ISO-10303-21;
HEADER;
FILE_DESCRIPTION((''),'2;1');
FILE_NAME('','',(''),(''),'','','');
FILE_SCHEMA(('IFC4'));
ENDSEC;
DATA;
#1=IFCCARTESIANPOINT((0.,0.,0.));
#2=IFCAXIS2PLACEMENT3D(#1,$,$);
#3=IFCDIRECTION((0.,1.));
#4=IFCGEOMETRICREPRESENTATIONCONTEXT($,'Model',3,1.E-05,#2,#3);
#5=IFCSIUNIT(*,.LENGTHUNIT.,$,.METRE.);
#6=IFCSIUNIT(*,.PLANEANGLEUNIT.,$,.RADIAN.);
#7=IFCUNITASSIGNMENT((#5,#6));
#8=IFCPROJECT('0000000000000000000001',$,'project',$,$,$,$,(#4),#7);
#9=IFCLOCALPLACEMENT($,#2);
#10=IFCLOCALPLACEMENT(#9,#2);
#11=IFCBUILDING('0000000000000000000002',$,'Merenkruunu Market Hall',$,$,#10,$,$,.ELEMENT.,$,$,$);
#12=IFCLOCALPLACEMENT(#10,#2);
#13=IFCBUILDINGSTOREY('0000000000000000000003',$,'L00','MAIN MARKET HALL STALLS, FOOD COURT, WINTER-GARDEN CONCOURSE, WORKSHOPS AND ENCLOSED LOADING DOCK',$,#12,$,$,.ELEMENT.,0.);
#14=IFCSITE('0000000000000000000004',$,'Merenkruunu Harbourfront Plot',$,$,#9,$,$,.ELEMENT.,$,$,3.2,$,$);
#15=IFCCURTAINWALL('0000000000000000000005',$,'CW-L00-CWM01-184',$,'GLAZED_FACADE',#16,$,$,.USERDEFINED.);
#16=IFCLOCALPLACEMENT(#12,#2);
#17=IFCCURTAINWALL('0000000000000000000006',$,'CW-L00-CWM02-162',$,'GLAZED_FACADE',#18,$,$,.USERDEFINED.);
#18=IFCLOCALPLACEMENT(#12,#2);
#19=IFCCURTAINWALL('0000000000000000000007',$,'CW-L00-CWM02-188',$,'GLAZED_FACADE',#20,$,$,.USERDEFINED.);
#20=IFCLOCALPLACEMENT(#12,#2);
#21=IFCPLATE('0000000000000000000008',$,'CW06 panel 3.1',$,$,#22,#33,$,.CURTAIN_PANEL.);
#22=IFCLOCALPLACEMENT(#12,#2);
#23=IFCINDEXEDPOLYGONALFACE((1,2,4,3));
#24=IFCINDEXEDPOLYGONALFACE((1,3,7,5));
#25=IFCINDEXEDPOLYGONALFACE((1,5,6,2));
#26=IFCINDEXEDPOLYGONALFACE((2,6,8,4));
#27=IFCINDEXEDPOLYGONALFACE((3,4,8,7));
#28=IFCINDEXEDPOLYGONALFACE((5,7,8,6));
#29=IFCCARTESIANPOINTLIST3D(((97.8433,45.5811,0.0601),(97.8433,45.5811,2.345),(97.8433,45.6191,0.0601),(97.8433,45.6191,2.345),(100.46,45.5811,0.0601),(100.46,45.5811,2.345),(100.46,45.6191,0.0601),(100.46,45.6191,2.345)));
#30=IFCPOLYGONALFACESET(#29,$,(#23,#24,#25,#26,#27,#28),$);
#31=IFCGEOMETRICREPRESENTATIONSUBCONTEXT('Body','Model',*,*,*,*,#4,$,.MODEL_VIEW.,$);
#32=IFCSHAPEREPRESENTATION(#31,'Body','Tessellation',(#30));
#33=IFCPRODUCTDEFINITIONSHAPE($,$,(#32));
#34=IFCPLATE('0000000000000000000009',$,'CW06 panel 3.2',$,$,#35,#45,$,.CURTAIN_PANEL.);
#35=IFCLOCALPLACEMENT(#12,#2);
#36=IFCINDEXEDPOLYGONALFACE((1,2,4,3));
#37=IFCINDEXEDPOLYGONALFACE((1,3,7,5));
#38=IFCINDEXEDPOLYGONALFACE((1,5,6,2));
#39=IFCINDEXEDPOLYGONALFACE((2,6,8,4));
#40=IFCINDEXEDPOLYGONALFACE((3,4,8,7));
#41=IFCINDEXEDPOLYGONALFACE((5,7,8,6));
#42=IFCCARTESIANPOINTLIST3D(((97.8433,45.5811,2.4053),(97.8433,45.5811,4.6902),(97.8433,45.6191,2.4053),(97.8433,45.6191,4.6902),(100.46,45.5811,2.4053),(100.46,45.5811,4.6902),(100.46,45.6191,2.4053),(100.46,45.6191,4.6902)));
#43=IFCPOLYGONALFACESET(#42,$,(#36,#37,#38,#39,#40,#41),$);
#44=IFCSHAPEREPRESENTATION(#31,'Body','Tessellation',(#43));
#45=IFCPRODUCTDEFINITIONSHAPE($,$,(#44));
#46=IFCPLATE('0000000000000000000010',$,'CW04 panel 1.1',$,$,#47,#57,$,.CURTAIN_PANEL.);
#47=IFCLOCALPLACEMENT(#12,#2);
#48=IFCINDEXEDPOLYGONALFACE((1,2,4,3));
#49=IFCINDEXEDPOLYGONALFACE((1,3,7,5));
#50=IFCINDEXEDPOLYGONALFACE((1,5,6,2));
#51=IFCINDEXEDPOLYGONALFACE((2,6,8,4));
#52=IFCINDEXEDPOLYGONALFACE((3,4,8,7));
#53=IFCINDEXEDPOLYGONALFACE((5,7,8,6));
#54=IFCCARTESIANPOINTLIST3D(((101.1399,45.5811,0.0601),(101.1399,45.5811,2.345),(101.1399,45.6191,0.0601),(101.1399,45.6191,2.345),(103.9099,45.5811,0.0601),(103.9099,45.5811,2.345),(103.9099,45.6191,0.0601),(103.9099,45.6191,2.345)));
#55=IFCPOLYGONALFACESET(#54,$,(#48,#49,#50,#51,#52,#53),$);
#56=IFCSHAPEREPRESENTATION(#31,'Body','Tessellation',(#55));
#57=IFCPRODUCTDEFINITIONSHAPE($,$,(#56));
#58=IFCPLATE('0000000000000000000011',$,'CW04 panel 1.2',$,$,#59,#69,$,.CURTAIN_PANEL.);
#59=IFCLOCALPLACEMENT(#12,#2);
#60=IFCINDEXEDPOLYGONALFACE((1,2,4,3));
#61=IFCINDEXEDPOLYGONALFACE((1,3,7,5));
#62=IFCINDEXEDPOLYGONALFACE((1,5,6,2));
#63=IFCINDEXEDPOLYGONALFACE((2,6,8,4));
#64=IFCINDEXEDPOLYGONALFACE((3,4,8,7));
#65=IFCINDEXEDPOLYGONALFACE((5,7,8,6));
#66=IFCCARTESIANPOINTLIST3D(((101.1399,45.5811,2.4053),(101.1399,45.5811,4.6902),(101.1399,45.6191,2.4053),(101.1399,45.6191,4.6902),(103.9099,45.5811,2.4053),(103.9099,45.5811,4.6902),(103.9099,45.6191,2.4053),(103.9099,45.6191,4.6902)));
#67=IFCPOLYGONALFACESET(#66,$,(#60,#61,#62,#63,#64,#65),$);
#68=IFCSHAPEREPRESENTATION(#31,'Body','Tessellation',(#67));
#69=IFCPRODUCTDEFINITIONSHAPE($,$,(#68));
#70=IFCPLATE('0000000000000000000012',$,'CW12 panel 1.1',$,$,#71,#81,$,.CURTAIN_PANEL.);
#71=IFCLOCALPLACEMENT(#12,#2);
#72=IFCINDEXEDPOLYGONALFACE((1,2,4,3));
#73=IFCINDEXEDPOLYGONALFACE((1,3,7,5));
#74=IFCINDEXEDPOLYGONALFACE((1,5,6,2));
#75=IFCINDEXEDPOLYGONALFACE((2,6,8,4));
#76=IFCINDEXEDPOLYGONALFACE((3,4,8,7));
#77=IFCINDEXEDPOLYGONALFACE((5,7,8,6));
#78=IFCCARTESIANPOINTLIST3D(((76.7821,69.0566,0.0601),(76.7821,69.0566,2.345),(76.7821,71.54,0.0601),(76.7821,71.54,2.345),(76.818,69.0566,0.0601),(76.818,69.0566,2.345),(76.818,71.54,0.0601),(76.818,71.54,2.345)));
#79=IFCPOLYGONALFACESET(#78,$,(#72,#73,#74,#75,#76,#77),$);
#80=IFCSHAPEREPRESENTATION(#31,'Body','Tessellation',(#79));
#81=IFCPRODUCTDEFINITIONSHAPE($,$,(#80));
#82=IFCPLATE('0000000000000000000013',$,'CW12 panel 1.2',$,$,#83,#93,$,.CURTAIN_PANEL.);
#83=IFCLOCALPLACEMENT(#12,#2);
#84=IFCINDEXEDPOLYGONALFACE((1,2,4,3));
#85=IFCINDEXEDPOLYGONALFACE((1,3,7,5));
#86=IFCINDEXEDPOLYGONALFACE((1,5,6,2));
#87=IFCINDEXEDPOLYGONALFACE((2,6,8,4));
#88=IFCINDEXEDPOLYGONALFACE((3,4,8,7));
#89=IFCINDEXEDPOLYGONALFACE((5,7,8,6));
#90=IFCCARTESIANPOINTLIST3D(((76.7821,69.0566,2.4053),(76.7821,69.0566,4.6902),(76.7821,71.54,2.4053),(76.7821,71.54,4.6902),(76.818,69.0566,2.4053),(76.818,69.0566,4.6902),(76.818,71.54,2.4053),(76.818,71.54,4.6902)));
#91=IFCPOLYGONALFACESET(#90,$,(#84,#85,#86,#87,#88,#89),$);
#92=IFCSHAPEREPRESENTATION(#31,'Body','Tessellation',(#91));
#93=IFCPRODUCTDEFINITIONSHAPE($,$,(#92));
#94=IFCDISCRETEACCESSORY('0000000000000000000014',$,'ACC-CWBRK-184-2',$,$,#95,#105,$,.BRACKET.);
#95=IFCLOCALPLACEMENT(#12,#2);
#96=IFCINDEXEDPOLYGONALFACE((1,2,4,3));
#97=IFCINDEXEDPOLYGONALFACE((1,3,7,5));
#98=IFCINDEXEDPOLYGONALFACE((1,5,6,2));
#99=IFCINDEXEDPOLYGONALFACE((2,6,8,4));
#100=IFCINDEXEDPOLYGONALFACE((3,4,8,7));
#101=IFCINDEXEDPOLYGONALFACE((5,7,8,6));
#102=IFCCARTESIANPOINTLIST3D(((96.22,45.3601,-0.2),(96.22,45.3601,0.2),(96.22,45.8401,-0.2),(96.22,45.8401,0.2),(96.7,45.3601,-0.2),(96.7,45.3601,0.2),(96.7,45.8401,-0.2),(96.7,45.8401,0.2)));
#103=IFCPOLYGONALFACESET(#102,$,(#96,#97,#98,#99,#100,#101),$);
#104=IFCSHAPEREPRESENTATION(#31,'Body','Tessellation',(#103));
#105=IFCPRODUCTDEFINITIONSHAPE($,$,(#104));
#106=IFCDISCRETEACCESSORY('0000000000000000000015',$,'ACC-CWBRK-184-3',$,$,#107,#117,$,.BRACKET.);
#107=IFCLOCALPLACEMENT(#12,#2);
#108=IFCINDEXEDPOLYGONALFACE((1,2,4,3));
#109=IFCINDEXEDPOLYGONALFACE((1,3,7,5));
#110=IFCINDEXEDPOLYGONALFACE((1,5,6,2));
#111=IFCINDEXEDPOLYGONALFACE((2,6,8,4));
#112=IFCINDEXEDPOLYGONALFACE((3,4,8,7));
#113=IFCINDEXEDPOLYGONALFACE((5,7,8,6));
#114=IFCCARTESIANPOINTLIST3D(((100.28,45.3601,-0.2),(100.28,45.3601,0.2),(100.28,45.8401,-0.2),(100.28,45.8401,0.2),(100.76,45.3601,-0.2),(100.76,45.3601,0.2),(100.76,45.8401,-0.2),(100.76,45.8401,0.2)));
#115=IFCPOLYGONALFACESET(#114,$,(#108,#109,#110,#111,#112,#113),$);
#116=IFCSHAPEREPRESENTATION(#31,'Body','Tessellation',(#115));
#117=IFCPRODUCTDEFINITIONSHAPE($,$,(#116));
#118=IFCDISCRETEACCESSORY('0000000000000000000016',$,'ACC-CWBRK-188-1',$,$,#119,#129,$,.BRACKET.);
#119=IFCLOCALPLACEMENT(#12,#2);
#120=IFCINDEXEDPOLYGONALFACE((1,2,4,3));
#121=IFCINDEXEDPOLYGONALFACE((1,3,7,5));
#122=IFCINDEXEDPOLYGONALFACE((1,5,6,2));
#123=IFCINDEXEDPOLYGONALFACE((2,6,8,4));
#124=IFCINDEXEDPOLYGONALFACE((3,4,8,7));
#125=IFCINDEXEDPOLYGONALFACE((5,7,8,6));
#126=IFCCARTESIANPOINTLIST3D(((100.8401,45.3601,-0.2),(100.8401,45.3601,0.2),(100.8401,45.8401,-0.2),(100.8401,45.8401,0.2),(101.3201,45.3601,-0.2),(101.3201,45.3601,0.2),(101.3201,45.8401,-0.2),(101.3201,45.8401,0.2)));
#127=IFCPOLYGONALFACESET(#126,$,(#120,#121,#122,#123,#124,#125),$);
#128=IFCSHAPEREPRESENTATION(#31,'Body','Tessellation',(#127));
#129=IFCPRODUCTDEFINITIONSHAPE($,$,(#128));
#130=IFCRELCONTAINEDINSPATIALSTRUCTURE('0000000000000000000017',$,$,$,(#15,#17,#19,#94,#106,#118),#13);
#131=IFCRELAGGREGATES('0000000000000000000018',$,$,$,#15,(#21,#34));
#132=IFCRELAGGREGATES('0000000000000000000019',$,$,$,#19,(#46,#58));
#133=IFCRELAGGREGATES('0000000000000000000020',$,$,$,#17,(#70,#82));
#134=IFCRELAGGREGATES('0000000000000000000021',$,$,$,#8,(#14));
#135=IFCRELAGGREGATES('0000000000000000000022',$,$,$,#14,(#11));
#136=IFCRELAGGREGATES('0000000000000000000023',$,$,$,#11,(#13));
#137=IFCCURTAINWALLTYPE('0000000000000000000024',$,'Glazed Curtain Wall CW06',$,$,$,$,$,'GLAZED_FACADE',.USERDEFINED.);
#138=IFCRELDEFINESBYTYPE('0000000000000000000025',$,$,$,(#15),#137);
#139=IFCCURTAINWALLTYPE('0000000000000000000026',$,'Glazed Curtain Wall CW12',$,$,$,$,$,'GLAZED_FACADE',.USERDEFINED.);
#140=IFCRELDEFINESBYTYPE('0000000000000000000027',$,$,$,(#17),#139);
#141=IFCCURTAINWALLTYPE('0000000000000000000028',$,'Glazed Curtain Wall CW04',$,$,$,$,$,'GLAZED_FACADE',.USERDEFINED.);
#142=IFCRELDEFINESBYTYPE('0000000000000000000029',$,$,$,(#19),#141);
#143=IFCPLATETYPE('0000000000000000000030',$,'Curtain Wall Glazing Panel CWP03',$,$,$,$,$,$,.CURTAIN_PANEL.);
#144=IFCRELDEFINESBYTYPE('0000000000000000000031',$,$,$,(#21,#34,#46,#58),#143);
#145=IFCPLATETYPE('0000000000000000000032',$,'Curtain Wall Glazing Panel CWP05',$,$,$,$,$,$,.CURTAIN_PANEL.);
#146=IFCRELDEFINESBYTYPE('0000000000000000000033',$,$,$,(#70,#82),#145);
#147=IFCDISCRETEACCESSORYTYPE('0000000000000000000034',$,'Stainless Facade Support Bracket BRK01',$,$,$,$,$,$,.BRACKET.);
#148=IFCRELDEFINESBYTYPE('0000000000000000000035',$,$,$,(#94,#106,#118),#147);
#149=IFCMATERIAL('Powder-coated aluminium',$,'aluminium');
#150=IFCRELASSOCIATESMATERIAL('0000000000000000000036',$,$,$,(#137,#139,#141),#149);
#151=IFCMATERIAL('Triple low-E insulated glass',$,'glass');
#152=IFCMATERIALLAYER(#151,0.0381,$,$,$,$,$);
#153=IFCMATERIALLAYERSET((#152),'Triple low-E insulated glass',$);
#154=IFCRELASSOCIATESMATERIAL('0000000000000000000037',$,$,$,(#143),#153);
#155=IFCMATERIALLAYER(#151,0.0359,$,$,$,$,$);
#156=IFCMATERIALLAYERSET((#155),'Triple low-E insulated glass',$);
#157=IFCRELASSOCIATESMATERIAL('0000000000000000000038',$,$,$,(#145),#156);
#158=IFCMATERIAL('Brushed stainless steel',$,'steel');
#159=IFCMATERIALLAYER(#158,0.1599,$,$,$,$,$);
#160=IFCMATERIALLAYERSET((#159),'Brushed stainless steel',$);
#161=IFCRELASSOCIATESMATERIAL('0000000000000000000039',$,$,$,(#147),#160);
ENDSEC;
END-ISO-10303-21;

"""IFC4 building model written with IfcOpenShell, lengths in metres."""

from ifc_helpers import new_model, si_unit, direction, frame, origin, origin_2d, place, context, subcontext, project, spatial, rectangle, extrude, material, layer, layer_set, type_object, element, aggregate, save


model = new_model("IFC4")

# Units and contexts
model_context = context("Model", 3, precision=1e-05, world=origin(), true_north=direction((0.0, 1.0)))
body_context = subcontext(model_context, "Body", "Model", "MODEL_VIEW")
ifc_project = project(units=[si_unit("LENGTHUNIT", "METRE"), si_unit("PLANEANGLEUNIT", "RADIAN")], contexts=[model_context])

# Site, building, storey
site_placement = place(None, origin())
site = spatial("IfcSite", under=ifc_project, at=site_placement, Name="Merenkruunu Harbourfront Plot", CompositionType="ELEMENT", RefElevation=3.2)
building_placement = place(site_placement, origin())
building = spatial("IfcBuilding", under=site, at=building_placement, Name="Merenkruunu Market Hall", CompositionType="ELEMENT")
storey_placement = place(building_placement, origin())
storey = spatial("IfcBuildingStorey", under=building, at=storey_placement, Name="L00", Description="MAIN MARKET HALL STALLS, FOOD COURT, WINTER-GARDEN CONCOURSE, WORKSHOPS AND ENCLOSED LOADING DOCK", CompositionType="ELEMENT", Elevation=0.0)

# Curtain wall
ifc_material_1 = material(Name="Powder-coated aluminium", Category="aluminium")
curtain_wall_type_1 = type_object("IfcCurtainWallType", Name="Glazed Curtain Wall CW06", ElementType="GLAZED_FACADE", PredefinedType="USERDEFINED", material=ifc_material_1)
curtain_wall_1_placement = place(storey_placement, origin())
curtain_wall_1 = element("IfcCurtainWall", 1, at=curtain_wall_1_placement, inside=storey, type_object=curtain_wall_type_1, Name="CW-L00-CWM01-184", ObjectType="GLAZED_FACADE", PredefinedType="USERDEFINED")

# Curtain wall
curtain_wall_type_2 = type_object("IfcCurtainWallType", Name="Glazed Curtain Wall CW12", ElementType="GLAZED_FACADE", PredefinedType="USERDEFINED", material=ifc_material_1)
curtain_wall_2_placement = place(storey_placement, origin())
curtain_wall_2 = element("IfcCurtainWall", 2, at=curtain_wall_2_placement, inside=storey, type_object=curtain_wall_type_2, Name="CW-L00-CWM02-162", ObjectType="GLAZED_FACADE", PredefinedType="USERDEFINED")

# Curtain wall
curtain_wall_type_3 = type_object("IfcCurtainWallType", Name="Glazed Curtain Wall CW04", ElementType="GLAZED_FACADE", PredefinedType="USERDEFINED", material=ifc_material_1)
curtain_wall_3_placement = place(storey_placement, origin())
curtain_wall_3 = element("IfcCurtainWall", 3, at=curtain_wall_3_placement, inside=storey, type_object=curtain_wall_type_3, Name="CW-L00-CWM02-188", ObjectType="GLAZED_FACADE", PredefinedType="USERDEFINED")

# Plates
ifc_material_2 = material(Name="Triple low-E insulated glass", Category="glass")
ifc_layer_1 = layer(ifc_material_2, 0.0381)
ifc_layer_set_1 = layer_set([ifc_layer_1], Name="Triple low-E insulated glass")
plate_type_1 = type_object("IfcPlateType", Name="Curtain Wall Glazing Panel CWP03", PredefinedType="CURTAIN_PANEL", material=ifc_layer_set_1)
plate_1_placement = place(storey_placement, frame((99.1516, 45.6001, 0.0601), z_axis=(0.0, 0.0, 1.0), x_axis=(1.0, 0.0, 0.0)))
plate_1 = element("IfcPlate", 4, at=plate_1_placement, type_object=plate_type_1, Name="CW06 panel 3.1", PredefinedType="CURTAIN_PANEL", context=body_context, shape_type="SweptSolid", body=[
    extrude(rectangle(XDim=2.6167, YDim=0.0381, at=origin_2d()), origin(), (0.0, 0.0, 1.0), 2.2849),
])
plate_2_placement = place(storey_placement, frame((99.1516, 45.6001, 2.4053), z_axis=(0.0, 0.0, 1.0), x_axis=(1.0, 0.0, 0.0)))
plate_2 = element("IfcPlate", 5, at=plate_2_placement, type_object=plate_type_1, Name="CW06 panel 3.2", PredefinedType="CURTAIN_PANEL", context=body_context, shape_type="SweptSolid", body=[
    extrude(rectangle(XDim=2.6167, YDim=0.0381, at=origin_2d()), origin(), (0.0, 0.0, 1.0), 2.2849),
])
aggregate(curtain_wall_1, [plate_1, plate_2])
plate_3_placement = place(storey_placement, frame((102.5249, 45.6001, 0.0601), z_axis=(0.0, 0.0, 1.0), x_axis=(1.0, 0.0, 0.0)))
plate_3 = element("IfcPlate", 6, at=plate_3_placement, type_object=plate_type_1, Name="CW04 panel 1.1", PredefinedType="CURTAIN_PANEL", context=body_context, shape_type="SweptSolid", body=[
    extrude(rectangle(XDim=2.77, YDim=0.0381, at=origin_2d()), origin(), (0.0, 0.0, 1.0), 2.2849),
])
plate_4_placement = place(storey_placement, frame((102.5249, 45.6001, 2.4053), z_axis=(0.0, 0.0, 1.0), x_axis=(1.0, 0.0, 0.0)))
plate_4 = element("IfcPlate", 7, at=plate_4_placement, type_object=plate_type_1, Name="CW04 panel 1.2", PredefinedType="CURTAIN_PANEL", context=body_context, shape_type="SweptSolid", body=[
    extrude(rectangle(XDim=2.77, YDim=0.0381, at=origin_2d()), origin(), (0.0, 0.0, 1.0), 2.2849),
])
aggregate(curtain_wall_3, [plate_3, plate_4])
ifc_layer_2 = layer(ifc_material_2, 0.0359)
ifc_layer_set_2 = layer_set([ifc_layer_2], Name="Triple low-E insulated glass")
plate_type_2 = type_object("IfcPlateType", Name="Curtain Wall Glazing Panel CWP05", PredefinedType="CURTAIN_PANEL", material=ifc_layer_set_2)
plate_5_placement = place(storey_placement, frame((76.8, 70.2983, 0.0601), z_axis=(0.0, 0.0, 1.0), x_axis=(0.0, -1.0, 0.0)))
plate_5 = element("IfcPlate", 8, at=plate_5_placement, type_object=plate_type_2, Name="CW12 panel 1.1", PredefinedType="CURTAIN_PANEL", context=body_context, shape_type="SweptSolid", body=[
    extrude(rectangle(XDim=2.4834, YDim=0.0359, at=origin_2d()), origin(), (0.0, 0.0, 1.0), 2.2849),
])
plate_6_placement = place(storey_placement, frame((76.8, 70.2983, 2.4053), z_axis=(0.0, 0.0, 1.0), x_axis=(0.0, -1.0, 0.0)))
plate_6 = element("IfcPlate", 9, at=plate_6_placement, type_object=plate_type_2, Name="CW12 panel 1.2", PredefinedType="CURTAIN_PANEL", context=body_context, shape_type="SweptSolid", body=[
    extrude(rectangle(XDim=2.4834, YDim=0.0359, at=origin_2d()), origin(), (0.0, 0.0, 1.0), 2.2849),
])
aggregate(curtain_wall_2, [plate_5, plate_6])

# Discrete accessories
ifc_material_3 = material(Name="Brushed stainless steel", Category="steel")
ifc_layer_3 = layer(ifc_material_3, 0.1599)
ifc_layer_set_3 = layer_set([ifc_layer_3], Name="Brushed stainless steel")
discrete_accessory_type = type_object("IfcDiscreteAccessoryType", Name="Stainless Facade Support Bracket BRK01", PredefinedType="BRACKET", material=ifc_layer_set_3)
for number, where, z_axis, x_axis, name in (
    (10, (96.46, 45.6001, -0.2), (0.0, 0.0, 1.0), (1.0, 0.0, 0.0), "ACC-CWBRK-184-2"),
    (11, (100.52, 45.6001, -0.2), (0.0, 0.0, 1.0), (1.0, 0.0, 0.0), "ACC-CWBRK-184-3"),
    (12, (101.0801, 45.6001, -0.2), (0.0, 0.0, 1.0), (1.0, 0.0, 0.0), "ACC-CWBRK-188-1"),
):
    element("IfcDiscreteAccessory", number, at=place(storey_placement, frame(where, z_axis=z_axis, x_axis=x_axis)), inside=storey, type_object=discrete_accessory_type, Name=name, PredefinedType="BRACKET", context=body_context, shape_type="SweptSolid", body=[
        extrude(rectangle(XDim=0.48, YDim=0.48, at=origin_2d()), origin(), (0.0, 0.0, 1.0), 0.3999),
    ])

save(model, "model.ifc")
